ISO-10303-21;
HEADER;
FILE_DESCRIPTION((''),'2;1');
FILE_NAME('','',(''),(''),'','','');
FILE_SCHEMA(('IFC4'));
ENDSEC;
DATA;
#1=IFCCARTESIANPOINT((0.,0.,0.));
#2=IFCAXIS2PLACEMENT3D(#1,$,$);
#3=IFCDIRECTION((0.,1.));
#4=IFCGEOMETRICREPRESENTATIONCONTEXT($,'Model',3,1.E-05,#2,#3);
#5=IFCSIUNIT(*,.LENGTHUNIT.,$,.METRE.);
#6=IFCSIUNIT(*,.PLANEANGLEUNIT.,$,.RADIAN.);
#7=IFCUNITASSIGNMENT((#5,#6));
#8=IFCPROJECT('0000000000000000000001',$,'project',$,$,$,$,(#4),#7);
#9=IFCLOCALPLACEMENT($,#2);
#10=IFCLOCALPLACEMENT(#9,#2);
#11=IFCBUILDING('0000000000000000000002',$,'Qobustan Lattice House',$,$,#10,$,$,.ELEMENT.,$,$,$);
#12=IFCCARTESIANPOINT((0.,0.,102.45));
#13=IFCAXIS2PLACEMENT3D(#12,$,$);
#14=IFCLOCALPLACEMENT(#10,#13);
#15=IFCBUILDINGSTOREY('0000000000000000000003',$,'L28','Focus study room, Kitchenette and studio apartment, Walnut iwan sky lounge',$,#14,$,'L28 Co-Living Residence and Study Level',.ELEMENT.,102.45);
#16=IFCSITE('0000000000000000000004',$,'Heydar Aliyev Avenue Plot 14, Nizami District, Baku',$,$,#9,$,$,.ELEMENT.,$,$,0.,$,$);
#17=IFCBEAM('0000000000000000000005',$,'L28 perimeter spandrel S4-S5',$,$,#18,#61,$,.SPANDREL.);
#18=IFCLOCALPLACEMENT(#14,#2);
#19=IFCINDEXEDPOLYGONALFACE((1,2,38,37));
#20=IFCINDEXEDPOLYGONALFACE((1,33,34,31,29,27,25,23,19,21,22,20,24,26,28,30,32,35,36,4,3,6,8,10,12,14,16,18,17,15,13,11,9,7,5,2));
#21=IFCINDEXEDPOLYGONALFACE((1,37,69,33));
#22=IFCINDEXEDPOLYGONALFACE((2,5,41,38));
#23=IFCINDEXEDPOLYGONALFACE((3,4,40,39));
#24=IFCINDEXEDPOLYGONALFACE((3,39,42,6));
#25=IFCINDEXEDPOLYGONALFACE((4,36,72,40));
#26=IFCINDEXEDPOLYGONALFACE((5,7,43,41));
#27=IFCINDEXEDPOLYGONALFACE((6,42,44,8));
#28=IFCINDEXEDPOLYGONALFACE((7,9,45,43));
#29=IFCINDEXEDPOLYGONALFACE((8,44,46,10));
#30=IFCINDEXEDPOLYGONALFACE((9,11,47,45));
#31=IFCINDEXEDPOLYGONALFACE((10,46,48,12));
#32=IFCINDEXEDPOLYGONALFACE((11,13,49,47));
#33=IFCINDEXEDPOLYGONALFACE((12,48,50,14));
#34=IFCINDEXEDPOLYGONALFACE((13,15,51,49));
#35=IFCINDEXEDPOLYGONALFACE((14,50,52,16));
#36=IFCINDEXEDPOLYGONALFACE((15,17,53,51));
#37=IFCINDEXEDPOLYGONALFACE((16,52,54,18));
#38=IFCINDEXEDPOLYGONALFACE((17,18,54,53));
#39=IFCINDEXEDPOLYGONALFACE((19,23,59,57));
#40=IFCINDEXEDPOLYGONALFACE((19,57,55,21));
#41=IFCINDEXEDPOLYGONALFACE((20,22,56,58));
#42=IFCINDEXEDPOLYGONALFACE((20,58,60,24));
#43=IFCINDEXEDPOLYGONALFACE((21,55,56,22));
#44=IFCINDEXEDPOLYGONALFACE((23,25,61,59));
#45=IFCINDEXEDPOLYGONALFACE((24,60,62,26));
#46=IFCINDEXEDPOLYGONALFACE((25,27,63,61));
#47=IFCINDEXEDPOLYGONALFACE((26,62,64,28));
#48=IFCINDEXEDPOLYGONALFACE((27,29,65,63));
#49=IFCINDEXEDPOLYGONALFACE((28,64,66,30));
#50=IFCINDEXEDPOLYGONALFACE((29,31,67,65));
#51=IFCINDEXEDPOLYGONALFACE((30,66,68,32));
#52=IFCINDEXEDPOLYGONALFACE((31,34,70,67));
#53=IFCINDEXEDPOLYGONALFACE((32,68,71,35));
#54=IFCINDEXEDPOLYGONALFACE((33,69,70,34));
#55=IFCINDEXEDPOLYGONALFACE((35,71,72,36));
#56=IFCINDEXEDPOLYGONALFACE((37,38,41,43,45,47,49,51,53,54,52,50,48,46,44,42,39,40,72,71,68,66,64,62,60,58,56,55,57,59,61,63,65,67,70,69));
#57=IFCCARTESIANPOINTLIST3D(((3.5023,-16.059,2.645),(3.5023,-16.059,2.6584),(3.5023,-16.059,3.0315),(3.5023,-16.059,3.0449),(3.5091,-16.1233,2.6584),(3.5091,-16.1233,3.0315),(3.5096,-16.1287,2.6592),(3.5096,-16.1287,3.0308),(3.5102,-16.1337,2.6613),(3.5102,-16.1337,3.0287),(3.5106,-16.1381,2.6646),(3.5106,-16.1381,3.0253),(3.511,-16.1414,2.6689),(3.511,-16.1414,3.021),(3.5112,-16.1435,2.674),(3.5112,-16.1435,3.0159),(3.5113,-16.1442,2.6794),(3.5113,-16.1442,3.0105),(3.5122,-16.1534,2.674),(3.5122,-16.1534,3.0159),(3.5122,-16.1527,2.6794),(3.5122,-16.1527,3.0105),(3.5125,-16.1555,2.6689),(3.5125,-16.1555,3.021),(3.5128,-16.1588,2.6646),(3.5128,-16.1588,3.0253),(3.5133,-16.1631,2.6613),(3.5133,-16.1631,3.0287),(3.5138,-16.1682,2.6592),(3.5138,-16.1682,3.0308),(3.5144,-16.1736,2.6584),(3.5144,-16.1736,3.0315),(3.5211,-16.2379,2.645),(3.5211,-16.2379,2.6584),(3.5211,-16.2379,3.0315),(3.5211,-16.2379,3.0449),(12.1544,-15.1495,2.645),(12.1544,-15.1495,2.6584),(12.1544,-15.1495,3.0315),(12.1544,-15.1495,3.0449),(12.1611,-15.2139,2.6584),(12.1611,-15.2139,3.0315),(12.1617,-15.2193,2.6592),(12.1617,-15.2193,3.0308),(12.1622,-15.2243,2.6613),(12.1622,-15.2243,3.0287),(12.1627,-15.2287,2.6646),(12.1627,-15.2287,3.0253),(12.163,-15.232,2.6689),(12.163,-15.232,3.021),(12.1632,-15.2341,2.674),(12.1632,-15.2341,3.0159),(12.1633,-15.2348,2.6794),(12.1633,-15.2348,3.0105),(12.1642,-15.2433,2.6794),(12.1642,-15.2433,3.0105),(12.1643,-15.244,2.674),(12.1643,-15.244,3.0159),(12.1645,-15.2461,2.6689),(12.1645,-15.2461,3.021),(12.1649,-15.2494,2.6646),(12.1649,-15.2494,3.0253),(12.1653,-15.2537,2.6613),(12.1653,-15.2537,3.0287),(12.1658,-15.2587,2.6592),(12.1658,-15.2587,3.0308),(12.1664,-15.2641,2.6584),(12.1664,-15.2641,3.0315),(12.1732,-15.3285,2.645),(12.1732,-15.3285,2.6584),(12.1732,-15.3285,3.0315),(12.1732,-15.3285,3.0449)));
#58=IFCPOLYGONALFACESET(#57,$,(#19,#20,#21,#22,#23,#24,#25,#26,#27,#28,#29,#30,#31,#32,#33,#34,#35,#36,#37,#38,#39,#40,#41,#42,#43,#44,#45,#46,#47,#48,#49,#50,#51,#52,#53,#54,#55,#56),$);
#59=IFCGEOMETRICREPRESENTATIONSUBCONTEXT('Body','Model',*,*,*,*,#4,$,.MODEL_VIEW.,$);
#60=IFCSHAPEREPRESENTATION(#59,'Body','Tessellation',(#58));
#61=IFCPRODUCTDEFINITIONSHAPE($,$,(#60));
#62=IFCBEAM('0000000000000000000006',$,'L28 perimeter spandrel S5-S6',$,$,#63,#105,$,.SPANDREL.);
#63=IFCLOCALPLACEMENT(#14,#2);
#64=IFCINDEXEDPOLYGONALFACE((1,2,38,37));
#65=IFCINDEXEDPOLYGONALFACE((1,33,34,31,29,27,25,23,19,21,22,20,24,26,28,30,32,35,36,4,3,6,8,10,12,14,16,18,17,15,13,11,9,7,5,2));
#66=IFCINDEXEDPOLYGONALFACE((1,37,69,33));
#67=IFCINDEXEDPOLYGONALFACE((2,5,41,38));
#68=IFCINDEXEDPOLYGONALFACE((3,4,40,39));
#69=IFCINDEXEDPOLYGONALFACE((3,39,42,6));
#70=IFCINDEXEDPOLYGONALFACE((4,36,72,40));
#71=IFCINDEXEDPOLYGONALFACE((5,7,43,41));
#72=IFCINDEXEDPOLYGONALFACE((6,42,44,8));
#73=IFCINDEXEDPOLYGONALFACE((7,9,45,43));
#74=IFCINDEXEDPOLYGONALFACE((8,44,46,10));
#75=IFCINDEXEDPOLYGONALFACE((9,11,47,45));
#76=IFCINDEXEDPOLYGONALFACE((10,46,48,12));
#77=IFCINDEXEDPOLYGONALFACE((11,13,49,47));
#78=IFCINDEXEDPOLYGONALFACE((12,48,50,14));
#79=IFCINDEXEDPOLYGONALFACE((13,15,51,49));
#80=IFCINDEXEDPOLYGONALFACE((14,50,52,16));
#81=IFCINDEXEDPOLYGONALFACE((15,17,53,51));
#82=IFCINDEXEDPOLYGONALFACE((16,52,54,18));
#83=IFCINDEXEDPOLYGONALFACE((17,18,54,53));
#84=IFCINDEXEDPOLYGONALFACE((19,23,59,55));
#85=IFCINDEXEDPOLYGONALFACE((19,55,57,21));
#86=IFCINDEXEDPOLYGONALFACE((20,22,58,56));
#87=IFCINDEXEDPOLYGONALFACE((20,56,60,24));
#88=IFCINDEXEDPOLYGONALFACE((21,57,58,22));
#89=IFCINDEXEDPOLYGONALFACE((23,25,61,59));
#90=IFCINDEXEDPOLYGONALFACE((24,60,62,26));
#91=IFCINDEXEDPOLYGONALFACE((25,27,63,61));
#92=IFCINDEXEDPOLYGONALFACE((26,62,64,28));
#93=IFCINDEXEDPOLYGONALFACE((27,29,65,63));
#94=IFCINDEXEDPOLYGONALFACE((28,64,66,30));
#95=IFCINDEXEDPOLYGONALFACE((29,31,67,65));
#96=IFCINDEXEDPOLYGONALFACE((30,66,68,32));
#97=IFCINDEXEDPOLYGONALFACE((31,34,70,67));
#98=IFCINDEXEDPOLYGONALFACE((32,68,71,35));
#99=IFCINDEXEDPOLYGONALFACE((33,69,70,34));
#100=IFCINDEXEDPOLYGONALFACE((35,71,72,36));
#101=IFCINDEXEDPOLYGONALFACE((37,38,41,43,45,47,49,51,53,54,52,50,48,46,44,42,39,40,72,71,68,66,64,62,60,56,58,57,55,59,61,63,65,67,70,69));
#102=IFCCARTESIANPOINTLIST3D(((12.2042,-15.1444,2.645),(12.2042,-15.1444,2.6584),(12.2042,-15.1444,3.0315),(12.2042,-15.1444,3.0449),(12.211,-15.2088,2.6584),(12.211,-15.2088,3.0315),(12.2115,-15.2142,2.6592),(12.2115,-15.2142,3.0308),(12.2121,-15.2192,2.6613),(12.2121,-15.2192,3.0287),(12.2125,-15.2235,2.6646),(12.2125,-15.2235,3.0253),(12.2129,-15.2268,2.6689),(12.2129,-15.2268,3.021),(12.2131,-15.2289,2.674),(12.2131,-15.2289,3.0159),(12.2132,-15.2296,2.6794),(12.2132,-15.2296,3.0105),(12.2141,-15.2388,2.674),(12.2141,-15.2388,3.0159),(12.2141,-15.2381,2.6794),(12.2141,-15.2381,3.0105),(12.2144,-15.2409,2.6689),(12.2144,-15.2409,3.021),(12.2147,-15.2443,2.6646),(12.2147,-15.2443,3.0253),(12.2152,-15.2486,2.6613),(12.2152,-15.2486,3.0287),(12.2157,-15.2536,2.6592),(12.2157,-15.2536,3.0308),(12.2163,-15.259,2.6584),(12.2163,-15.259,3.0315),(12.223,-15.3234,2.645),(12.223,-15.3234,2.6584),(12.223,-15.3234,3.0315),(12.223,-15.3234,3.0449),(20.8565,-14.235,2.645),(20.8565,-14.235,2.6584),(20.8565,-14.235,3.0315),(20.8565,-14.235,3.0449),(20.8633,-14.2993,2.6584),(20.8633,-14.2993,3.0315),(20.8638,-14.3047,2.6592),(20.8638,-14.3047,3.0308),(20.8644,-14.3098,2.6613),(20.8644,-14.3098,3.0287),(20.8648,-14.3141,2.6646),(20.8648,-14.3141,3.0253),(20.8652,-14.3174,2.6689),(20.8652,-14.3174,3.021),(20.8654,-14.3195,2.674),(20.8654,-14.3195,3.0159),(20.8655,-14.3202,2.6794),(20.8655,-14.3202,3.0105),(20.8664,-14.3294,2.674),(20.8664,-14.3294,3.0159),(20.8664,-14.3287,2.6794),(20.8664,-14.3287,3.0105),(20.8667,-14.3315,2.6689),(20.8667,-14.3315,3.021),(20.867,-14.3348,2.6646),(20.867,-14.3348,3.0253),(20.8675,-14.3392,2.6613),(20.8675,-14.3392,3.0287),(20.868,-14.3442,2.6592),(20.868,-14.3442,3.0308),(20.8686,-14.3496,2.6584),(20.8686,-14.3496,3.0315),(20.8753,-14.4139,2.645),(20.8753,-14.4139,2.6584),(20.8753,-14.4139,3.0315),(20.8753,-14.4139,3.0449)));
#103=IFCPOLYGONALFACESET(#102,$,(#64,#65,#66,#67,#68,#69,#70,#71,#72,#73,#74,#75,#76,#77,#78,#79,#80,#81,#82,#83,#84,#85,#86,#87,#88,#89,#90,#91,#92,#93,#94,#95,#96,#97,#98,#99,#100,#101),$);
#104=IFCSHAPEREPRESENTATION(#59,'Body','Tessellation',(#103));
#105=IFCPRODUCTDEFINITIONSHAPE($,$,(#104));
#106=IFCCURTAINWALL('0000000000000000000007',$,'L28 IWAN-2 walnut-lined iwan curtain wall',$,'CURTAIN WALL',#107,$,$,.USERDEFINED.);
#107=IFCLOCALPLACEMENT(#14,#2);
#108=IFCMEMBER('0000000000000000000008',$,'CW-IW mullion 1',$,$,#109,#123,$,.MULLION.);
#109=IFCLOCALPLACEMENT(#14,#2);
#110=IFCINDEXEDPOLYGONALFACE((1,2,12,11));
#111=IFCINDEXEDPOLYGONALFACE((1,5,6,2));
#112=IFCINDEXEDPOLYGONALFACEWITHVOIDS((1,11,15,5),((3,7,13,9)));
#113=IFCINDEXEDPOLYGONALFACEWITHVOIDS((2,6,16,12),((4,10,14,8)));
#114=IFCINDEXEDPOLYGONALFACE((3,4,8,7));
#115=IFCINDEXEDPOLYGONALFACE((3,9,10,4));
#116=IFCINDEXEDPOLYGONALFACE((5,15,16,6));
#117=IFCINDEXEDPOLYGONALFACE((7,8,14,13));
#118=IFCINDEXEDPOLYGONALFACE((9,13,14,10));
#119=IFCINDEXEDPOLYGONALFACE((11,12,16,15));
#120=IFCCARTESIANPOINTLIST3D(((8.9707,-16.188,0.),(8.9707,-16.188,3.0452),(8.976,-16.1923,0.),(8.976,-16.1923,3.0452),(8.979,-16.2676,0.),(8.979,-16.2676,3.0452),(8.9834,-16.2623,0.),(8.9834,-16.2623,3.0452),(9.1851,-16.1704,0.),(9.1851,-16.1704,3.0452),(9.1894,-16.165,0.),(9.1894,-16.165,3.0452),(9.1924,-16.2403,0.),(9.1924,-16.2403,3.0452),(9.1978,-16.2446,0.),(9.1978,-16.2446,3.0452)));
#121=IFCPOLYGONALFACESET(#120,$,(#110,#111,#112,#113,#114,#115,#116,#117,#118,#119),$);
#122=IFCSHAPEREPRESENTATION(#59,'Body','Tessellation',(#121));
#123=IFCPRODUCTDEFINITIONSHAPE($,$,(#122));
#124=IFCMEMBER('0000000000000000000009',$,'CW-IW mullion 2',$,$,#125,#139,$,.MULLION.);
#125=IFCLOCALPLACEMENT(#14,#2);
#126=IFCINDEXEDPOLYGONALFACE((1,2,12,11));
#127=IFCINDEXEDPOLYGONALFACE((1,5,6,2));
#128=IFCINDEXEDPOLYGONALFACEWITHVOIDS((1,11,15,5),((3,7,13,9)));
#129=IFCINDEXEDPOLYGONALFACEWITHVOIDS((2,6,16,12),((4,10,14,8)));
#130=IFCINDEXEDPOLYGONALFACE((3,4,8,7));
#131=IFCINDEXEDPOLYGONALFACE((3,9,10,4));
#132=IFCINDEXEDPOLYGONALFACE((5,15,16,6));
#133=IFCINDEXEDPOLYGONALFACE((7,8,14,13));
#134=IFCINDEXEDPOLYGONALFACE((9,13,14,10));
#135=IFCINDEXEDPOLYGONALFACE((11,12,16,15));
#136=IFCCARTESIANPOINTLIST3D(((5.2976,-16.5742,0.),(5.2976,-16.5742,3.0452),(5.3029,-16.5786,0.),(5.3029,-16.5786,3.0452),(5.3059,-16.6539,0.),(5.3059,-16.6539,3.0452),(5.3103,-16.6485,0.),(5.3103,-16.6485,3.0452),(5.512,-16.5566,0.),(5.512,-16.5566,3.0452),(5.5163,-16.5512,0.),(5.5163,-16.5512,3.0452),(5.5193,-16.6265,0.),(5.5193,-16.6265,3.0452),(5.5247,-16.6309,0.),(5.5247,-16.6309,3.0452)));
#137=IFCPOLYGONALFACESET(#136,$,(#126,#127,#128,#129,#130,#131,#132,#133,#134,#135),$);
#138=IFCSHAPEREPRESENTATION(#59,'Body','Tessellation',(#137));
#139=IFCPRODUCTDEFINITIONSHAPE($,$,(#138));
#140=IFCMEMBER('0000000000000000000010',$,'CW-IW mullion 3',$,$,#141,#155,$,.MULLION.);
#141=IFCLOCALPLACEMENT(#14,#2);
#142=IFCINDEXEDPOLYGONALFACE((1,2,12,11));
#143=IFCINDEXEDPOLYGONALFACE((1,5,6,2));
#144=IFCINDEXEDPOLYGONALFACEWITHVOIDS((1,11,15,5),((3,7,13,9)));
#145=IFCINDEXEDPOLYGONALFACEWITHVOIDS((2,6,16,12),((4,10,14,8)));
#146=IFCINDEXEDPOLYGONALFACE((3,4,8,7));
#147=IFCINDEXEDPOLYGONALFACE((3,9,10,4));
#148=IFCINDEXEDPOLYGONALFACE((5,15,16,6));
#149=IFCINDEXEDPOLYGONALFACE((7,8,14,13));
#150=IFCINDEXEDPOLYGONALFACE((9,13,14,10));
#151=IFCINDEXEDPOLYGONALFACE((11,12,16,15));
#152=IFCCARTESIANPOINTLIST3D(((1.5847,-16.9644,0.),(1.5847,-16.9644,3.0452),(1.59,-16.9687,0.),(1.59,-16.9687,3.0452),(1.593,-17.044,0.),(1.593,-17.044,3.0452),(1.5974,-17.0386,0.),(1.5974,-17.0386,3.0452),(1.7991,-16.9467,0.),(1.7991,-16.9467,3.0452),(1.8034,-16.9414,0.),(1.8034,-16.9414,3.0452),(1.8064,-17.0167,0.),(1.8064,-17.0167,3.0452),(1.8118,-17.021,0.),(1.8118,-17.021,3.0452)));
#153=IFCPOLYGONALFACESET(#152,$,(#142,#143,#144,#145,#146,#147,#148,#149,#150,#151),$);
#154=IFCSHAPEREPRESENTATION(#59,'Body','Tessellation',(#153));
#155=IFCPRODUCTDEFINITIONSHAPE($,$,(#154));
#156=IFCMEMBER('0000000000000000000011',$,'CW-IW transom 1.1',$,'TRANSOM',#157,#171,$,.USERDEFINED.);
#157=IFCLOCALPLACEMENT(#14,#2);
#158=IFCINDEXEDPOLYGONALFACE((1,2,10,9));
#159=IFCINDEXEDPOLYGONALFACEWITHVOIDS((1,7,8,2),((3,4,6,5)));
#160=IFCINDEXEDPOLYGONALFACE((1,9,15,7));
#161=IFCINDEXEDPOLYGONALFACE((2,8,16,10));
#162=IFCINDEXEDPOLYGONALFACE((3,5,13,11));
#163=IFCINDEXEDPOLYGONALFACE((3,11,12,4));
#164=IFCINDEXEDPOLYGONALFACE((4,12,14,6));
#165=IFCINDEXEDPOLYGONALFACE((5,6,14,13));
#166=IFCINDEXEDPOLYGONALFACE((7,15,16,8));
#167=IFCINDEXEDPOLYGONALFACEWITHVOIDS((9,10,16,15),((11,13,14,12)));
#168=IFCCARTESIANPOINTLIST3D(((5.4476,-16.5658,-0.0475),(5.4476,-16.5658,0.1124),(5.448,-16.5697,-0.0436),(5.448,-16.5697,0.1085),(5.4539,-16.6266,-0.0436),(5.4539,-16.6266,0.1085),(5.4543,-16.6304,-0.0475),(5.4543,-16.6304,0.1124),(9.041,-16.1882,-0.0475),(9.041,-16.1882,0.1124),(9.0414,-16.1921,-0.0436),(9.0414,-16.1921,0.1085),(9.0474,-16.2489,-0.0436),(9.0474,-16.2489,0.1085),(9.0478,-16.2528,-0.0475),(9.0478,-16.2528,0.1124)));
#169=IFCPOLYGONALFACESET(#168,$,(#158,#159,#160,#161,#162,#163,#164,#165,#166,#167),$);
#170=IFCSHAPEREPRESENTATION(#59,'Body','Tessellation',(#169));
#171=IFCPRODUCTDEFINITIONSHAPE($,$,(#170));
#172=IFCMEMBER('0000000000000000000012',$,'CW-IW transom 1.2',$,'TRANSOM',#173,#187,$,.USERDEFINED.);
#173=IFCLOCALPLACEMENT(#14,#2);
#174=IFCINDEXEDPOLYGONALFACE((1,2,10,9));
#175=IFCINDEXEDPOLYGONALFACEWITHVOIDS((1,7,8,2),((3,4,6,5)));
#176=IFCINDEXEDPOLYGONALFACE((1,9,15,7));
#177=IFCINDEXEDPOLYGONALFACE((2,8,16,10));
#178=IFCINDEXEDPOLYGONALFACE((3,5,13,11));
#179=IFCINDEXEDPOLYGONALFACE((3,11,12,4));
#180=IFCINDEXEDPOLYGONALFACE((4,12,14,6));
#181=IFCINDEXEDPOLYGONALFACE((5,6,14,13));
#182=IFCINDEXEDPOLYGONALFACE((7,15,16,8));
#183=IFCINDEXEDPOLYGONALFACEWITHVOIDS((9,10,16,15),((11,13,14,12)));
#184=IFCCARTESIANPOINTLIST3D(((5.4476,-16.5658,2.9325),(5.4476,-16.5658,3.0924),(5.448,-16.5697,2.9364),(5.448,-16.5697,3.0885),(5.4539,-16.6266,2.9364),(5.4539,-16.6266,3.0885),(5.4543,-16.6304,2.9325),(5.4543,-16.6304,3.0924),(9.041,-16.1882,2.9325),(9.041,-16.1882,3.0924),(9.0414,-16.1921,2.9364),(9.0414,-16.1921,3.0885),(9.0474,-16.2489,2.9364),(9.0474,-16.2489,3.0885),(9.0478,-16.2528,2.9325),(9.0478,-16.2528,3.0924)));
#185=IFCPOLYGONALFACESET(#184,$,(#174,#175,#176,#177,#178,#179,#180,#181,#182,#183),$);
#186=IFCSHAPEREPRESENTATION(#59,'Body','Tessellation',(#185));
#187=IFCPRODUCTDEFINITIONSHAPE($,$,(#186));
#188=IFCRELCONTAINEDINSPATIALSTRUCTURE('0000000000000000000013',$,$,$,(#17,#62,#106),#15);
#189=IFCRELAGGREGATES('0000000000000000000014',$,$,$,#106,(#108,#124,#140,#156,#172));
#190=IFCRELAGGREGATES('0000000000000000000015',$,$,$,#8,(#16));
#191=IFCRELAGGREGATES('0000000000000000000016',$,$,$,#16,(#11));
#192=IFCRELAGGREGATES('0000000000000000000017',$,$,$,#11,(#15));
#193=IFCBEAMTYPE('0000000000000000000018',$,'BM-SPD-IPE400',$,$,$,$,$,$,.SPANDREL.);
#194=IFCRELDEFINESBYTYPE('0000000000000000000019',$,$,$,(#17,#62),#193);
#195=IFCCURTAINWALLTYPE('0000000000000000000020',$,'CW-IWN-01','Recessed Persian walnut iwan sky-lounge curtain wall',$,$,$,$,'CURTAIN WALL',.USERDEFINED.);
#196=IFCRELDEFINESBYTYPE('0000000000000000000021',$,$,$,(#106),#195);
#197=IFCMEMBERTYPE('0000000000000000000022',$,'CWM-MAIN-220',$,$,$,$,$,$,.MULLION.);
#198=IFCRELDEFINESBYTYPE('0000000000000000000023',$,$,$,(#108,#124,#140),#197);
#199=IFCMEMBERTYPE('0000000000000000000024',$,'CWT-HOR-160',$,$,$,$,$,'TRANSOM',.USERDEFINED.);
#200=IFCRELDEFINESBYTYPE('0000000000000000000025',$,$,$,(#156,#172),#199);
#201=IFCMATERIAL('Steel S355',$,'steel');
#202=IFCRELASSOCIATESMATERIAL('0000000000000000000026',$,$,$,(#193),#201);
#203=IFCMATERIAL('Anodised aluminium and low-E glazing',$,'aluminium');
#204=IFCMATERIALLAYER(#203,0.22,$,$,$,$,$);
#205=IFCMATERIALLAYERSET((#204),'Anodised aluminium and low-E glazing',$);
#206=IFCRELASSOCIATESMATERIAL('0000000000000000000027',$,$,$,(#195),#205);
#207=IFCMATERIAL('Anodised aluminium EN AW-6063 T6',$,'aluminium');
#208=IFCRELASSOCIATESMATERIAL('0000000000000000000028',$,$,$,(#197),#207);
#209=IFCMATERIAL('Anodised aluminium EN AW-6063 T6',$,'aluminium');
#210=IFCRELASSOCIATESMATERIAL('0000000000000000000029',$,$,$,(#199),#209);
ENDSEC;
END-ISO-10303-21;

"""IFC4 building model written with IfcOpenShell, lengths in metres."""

from ifc_helpers import new_model, si_unit, direction, frame, origin, origin_2d, place, context, subcontext, project, spatial, hollow_rectangle, i_section, extrude, material, layer, layer_set, material_profile, profile_set, type_object, element, aggregate, save


model = new_model("IFC4")

# Units and contexts
model_context = context("Model", 3, precision=1e-05, world=origin(), true_north=direction((0.0, 1.0)))
body_context = subcontext(model_context, "Body", "Model", "MODEL_VIEW")
ifc_project = project(units=[si_unit("LENGTHUNIT", "METRE"), si_unit("PLANEANGLEUNIT", "RADIAN")], contexts=[model_context])

# Site, building, storey
site_placement = place(None, origin())
site = spatial("IfcSite", under=ifc_project, at=site_placement, Name="Heydar Aliyev Avenue Plot 14, Nizami District, Baku", CompositionType="ELEMENT", RefElevation=0.0)
building_placement = place(site_placement, origin())
building = spatial("IfcBuilding", under=site, at=building_placement, Name="Qobustan Lattice House", CompositionType="ELEMENT")
storey_placement = place(building_placement, frame((0.0, 0.0, 102.45)))
storey = spatial("IfcBuildingStorey", under=building, at=storey_placement, Name="L28", Description="Focus study room, Kitchenette and studio apartment, Walnut iwan sky lounge", LongName="L28 Co-Living Residence and Study Level", CompositionType="ELEMENT", Elevation=102.45)

# Beams
ifc_material_1 = material(Name="Steel S355", Category="steel")
ifc_material_profile_1 = material_profile(ifc_material_1, i_section(OverallWidth=0.1799, OverallDepth=0.3999, WebThickness=0.0085, FlangeThickness=0.0134, FilletRadius=0.021, at=origin_2d()), Name="IPE400")
ifc_profile_set_1 = profile_set([ifc_material_profile_1], Name="Steel S355")
beam_type_1 = type_object("IfcBeamType", Name="BM-SPD-IPE400", PredefinedType="SPANDREL", material=ifc_profile_set_1)
beam_1_placement = place(storey_placement, frame((3.5117, -16.1484, 2.845), z_axis=(0.994521, 0.104534, 0.0), x_axis=(-0.104534, 0.994521, 0.0)))
element("IfcBeam", 1, at=beam_1_placement, inside=storey, type_object=beam_type_1, Name="L28 perimeter spandrel S4-S5", PredefinedType="SPANDREL", context=body_context, shape_type="SweptSolid", body=[
    extrude(i_section(OverallWidth=0.1799, OverallDepth=0.3999, WebThickness=0.0085, FlangeThickness=0.0134, FilletRadius=0.021, at=origin_2d()), origin(), (0.0, 0.0, 1.0), 8.6997),
])
beam_2_placement = place(storey_placement, frame((12.2136, -15.2339, 2.845), z_axis=(0.994522, 0.104531, 0.0), x_axis=(-0.104531, 0.994522, 0.0)))
element("IfcBeam", 2, at=beam_2_placement, inside=storey, type_object=beam_type_1, Name="L28 perimeter spandrel S5-S6", PredefinedType="SPANDREL", context=body_context, shape_type="SweptSolid", body=[
    extrude(i_section(OverallWidth=0.1799, OverallDepth=0.3999, WebThickness=0.0085, FlangeThickness=0.0134, FilletRadius=0.021, at=origin_2d()), origin(), (0.0, 0.0, 1.0), 8.7),
])

# Curtain wall, members
ifc_material_2 = material(Name="Anodised aluminium and low-E glazing", Category="aluminium")
ifc_layer_1 = layer(ifc_material_2, 0.22)
ifc_layer_set_1 = layer_set([ifc_layer_1], Name="Anodised aluminium and low-E glazing")
curtain_wall_type = type_object("IfcCurtainWallType", Name="CW-IWN-01", Description="Recessed Persian walnut iwan sky-lounge curtain wall", ElementType="CURTAIN WALL", PredefinedType="USERDEFINED", material=ifc_layer_set_1)
curtain_wall_placement = place(storey_placement, origin())
curtain_wall = element("IfcCurtainWall", 3, at=curtain_wall_placement, inside=storey, type_object=curtain_wall_type, Name="L28 IWAN-2 walnut-lined iwan curtain wall", ObjectType="CURTAIN WALL", PredefinedType="USERDEFINED")
ifc_material_3 = material(Name="Anodised aluminium EN AW-6063 T6", Category="aluminium")
ifc_material_profile_2 = material_profile(ifc_material_3, hollow_rectangle(XDim=0.0801, YDim=0.22, WallThickness=0.0049, at=origin_2d()), Name="CWM-220x80")
ifc_profile_set_2 = profile_set([ifc_material_profile_2], Name="Anodised aluminium EN AW-6063 T6")
member_type_1 = type_object("IfcMemberType", Name="CWM-MAIN-220", PredefinedType="MULLION", material=ifc_profile_set_2)
member_1_placement = place(storey_placement, frame((9.0842, -16.2163, 0.0), z_axis=(0.0, 0.0, 1.0), x_axis=(0.104526, -0.994522, 0.0)))
member_1 = element("IfcMember", 4, at=member_1_placement, type_object=member_type_1, Name="CW-IW mullion 1", PredefinedType="MULLION", context=body_context, shape_type="SweptSolid", body=[
    extrude(hollow_rectangle(XDim=0.0801, YDim=0.22, WallThickness=0.0049, at=origin_2d()), origin(), (0.0, 0.0, 1.0), 3.0452),
])
member_2_placement = place(storey_placement, frame((5.4111, -16.6025, 0.0), z_axis=(0.0, 0.0, 1.0), x_axis=(0.104526, -0.994522, 0.0)))
member_2 = element("IfcMember", 5, at=member_2_placement, type_object=member_type_1, Name="CW-IW mullion 2", PredefinedType="MULLION", context=body_context, shape_type="SweptSolid", body=[
    extrude(hollow_rectangle(XDim=0.0801, YDim=0.22, WallThickness=0.0049, at=origin_2d()), origin(), (0.0, 0.0, 1.0), 3.0452),
])
member_3_placement = place(storey_placement, frame((1.6982, -16.9927, 0.0), z_axis=(0.0, 0.0, 1.0), x_axis=(0.104526, -0.994522, 0.0)))
member_3 = element("IfcMember", 6, at=member_3_placement, type_object=member_type_1, Name="CW-IW mullion 3", PredefinedType="MULLION", context=body_context, shape_type="SweptSolid", body=[
    extrude(hollow_rectangle(XDim=0.0801, YDim=0.22, WallThickness=0.0049, at=origin_2d()), origin(), (0.0, 0.0, 1.0), 3.0452),
])
ifc_material_4 = material(Name="Anodised aluminium EN AW-6063 T6", Category="aluminium")
ifc_material_profile_3 = material_profile(ifc_material_4, hollow_rectangle(XDim=0.0649, YDim=0.1599, WallThickness=0.0039, at=origin_2d()), Name="CWT-160x65")
ifc_profile_set_3 = profile_set([ifc_material_profile_3], Name="Anodised aluminium EN AW-6063 T6")
member_type_2 = type_object("IfcMemberType", Name="CWT-HOR-160", ElementType="TRANSOM", PredefinedType="USERDEFINED", material=ifc_profile_set_3)
member_4_placement = place(storey_placement, frame((9.0444, -16.2205, 0.0325), z_axis=(-0.994522, -0.104527, 0.0), x_axis=(0.104527, -0.994522, 0.0)))
member_4 = element("IfcMember", 7, at=member_4_placement, type_object=member_type_2, Name="CW-IW transom 1.1", ObjectType="TRANSOM", PredefinedType="USERDEFINED", context=body_context, shape_type="SweptSolid", body=[
    extrude(hollow_rectangle(XDim=0.0649, YDim=0.1599, WallThickness=0.0039, at=origin_2d()), origin(), (0.0, 0.0, 1.0), 3.6133),
])
member_5_placement = place(storey_placement, frame((9.0444, -16.2205, 3.0125), z_axis=(-0.994522, -0.104527, 0.0), x_axis=(0.104527, -0.994522, 0.0)))
member_5 = element("IfcMember", 8, at=member_5_placement, type_object=member_type_2, Name="CW-IW transom 1.2", ObjectType="TRANSOM", PredefinedType="USERDEFINED", context=body_context, shape_type="SweptSolid", body=[
    extrude(hollow_rectangle(XDim=0.0649, YDim=0.1599, WallThickness=0.0039, at=origin_2d()), origin(), (0.0, 0.0, 1.0), 3.6133),
])
aggregate(curtain_wall, [member_1, member_2, member_3, member_4, member_5])

save(model, "model.ifc")
